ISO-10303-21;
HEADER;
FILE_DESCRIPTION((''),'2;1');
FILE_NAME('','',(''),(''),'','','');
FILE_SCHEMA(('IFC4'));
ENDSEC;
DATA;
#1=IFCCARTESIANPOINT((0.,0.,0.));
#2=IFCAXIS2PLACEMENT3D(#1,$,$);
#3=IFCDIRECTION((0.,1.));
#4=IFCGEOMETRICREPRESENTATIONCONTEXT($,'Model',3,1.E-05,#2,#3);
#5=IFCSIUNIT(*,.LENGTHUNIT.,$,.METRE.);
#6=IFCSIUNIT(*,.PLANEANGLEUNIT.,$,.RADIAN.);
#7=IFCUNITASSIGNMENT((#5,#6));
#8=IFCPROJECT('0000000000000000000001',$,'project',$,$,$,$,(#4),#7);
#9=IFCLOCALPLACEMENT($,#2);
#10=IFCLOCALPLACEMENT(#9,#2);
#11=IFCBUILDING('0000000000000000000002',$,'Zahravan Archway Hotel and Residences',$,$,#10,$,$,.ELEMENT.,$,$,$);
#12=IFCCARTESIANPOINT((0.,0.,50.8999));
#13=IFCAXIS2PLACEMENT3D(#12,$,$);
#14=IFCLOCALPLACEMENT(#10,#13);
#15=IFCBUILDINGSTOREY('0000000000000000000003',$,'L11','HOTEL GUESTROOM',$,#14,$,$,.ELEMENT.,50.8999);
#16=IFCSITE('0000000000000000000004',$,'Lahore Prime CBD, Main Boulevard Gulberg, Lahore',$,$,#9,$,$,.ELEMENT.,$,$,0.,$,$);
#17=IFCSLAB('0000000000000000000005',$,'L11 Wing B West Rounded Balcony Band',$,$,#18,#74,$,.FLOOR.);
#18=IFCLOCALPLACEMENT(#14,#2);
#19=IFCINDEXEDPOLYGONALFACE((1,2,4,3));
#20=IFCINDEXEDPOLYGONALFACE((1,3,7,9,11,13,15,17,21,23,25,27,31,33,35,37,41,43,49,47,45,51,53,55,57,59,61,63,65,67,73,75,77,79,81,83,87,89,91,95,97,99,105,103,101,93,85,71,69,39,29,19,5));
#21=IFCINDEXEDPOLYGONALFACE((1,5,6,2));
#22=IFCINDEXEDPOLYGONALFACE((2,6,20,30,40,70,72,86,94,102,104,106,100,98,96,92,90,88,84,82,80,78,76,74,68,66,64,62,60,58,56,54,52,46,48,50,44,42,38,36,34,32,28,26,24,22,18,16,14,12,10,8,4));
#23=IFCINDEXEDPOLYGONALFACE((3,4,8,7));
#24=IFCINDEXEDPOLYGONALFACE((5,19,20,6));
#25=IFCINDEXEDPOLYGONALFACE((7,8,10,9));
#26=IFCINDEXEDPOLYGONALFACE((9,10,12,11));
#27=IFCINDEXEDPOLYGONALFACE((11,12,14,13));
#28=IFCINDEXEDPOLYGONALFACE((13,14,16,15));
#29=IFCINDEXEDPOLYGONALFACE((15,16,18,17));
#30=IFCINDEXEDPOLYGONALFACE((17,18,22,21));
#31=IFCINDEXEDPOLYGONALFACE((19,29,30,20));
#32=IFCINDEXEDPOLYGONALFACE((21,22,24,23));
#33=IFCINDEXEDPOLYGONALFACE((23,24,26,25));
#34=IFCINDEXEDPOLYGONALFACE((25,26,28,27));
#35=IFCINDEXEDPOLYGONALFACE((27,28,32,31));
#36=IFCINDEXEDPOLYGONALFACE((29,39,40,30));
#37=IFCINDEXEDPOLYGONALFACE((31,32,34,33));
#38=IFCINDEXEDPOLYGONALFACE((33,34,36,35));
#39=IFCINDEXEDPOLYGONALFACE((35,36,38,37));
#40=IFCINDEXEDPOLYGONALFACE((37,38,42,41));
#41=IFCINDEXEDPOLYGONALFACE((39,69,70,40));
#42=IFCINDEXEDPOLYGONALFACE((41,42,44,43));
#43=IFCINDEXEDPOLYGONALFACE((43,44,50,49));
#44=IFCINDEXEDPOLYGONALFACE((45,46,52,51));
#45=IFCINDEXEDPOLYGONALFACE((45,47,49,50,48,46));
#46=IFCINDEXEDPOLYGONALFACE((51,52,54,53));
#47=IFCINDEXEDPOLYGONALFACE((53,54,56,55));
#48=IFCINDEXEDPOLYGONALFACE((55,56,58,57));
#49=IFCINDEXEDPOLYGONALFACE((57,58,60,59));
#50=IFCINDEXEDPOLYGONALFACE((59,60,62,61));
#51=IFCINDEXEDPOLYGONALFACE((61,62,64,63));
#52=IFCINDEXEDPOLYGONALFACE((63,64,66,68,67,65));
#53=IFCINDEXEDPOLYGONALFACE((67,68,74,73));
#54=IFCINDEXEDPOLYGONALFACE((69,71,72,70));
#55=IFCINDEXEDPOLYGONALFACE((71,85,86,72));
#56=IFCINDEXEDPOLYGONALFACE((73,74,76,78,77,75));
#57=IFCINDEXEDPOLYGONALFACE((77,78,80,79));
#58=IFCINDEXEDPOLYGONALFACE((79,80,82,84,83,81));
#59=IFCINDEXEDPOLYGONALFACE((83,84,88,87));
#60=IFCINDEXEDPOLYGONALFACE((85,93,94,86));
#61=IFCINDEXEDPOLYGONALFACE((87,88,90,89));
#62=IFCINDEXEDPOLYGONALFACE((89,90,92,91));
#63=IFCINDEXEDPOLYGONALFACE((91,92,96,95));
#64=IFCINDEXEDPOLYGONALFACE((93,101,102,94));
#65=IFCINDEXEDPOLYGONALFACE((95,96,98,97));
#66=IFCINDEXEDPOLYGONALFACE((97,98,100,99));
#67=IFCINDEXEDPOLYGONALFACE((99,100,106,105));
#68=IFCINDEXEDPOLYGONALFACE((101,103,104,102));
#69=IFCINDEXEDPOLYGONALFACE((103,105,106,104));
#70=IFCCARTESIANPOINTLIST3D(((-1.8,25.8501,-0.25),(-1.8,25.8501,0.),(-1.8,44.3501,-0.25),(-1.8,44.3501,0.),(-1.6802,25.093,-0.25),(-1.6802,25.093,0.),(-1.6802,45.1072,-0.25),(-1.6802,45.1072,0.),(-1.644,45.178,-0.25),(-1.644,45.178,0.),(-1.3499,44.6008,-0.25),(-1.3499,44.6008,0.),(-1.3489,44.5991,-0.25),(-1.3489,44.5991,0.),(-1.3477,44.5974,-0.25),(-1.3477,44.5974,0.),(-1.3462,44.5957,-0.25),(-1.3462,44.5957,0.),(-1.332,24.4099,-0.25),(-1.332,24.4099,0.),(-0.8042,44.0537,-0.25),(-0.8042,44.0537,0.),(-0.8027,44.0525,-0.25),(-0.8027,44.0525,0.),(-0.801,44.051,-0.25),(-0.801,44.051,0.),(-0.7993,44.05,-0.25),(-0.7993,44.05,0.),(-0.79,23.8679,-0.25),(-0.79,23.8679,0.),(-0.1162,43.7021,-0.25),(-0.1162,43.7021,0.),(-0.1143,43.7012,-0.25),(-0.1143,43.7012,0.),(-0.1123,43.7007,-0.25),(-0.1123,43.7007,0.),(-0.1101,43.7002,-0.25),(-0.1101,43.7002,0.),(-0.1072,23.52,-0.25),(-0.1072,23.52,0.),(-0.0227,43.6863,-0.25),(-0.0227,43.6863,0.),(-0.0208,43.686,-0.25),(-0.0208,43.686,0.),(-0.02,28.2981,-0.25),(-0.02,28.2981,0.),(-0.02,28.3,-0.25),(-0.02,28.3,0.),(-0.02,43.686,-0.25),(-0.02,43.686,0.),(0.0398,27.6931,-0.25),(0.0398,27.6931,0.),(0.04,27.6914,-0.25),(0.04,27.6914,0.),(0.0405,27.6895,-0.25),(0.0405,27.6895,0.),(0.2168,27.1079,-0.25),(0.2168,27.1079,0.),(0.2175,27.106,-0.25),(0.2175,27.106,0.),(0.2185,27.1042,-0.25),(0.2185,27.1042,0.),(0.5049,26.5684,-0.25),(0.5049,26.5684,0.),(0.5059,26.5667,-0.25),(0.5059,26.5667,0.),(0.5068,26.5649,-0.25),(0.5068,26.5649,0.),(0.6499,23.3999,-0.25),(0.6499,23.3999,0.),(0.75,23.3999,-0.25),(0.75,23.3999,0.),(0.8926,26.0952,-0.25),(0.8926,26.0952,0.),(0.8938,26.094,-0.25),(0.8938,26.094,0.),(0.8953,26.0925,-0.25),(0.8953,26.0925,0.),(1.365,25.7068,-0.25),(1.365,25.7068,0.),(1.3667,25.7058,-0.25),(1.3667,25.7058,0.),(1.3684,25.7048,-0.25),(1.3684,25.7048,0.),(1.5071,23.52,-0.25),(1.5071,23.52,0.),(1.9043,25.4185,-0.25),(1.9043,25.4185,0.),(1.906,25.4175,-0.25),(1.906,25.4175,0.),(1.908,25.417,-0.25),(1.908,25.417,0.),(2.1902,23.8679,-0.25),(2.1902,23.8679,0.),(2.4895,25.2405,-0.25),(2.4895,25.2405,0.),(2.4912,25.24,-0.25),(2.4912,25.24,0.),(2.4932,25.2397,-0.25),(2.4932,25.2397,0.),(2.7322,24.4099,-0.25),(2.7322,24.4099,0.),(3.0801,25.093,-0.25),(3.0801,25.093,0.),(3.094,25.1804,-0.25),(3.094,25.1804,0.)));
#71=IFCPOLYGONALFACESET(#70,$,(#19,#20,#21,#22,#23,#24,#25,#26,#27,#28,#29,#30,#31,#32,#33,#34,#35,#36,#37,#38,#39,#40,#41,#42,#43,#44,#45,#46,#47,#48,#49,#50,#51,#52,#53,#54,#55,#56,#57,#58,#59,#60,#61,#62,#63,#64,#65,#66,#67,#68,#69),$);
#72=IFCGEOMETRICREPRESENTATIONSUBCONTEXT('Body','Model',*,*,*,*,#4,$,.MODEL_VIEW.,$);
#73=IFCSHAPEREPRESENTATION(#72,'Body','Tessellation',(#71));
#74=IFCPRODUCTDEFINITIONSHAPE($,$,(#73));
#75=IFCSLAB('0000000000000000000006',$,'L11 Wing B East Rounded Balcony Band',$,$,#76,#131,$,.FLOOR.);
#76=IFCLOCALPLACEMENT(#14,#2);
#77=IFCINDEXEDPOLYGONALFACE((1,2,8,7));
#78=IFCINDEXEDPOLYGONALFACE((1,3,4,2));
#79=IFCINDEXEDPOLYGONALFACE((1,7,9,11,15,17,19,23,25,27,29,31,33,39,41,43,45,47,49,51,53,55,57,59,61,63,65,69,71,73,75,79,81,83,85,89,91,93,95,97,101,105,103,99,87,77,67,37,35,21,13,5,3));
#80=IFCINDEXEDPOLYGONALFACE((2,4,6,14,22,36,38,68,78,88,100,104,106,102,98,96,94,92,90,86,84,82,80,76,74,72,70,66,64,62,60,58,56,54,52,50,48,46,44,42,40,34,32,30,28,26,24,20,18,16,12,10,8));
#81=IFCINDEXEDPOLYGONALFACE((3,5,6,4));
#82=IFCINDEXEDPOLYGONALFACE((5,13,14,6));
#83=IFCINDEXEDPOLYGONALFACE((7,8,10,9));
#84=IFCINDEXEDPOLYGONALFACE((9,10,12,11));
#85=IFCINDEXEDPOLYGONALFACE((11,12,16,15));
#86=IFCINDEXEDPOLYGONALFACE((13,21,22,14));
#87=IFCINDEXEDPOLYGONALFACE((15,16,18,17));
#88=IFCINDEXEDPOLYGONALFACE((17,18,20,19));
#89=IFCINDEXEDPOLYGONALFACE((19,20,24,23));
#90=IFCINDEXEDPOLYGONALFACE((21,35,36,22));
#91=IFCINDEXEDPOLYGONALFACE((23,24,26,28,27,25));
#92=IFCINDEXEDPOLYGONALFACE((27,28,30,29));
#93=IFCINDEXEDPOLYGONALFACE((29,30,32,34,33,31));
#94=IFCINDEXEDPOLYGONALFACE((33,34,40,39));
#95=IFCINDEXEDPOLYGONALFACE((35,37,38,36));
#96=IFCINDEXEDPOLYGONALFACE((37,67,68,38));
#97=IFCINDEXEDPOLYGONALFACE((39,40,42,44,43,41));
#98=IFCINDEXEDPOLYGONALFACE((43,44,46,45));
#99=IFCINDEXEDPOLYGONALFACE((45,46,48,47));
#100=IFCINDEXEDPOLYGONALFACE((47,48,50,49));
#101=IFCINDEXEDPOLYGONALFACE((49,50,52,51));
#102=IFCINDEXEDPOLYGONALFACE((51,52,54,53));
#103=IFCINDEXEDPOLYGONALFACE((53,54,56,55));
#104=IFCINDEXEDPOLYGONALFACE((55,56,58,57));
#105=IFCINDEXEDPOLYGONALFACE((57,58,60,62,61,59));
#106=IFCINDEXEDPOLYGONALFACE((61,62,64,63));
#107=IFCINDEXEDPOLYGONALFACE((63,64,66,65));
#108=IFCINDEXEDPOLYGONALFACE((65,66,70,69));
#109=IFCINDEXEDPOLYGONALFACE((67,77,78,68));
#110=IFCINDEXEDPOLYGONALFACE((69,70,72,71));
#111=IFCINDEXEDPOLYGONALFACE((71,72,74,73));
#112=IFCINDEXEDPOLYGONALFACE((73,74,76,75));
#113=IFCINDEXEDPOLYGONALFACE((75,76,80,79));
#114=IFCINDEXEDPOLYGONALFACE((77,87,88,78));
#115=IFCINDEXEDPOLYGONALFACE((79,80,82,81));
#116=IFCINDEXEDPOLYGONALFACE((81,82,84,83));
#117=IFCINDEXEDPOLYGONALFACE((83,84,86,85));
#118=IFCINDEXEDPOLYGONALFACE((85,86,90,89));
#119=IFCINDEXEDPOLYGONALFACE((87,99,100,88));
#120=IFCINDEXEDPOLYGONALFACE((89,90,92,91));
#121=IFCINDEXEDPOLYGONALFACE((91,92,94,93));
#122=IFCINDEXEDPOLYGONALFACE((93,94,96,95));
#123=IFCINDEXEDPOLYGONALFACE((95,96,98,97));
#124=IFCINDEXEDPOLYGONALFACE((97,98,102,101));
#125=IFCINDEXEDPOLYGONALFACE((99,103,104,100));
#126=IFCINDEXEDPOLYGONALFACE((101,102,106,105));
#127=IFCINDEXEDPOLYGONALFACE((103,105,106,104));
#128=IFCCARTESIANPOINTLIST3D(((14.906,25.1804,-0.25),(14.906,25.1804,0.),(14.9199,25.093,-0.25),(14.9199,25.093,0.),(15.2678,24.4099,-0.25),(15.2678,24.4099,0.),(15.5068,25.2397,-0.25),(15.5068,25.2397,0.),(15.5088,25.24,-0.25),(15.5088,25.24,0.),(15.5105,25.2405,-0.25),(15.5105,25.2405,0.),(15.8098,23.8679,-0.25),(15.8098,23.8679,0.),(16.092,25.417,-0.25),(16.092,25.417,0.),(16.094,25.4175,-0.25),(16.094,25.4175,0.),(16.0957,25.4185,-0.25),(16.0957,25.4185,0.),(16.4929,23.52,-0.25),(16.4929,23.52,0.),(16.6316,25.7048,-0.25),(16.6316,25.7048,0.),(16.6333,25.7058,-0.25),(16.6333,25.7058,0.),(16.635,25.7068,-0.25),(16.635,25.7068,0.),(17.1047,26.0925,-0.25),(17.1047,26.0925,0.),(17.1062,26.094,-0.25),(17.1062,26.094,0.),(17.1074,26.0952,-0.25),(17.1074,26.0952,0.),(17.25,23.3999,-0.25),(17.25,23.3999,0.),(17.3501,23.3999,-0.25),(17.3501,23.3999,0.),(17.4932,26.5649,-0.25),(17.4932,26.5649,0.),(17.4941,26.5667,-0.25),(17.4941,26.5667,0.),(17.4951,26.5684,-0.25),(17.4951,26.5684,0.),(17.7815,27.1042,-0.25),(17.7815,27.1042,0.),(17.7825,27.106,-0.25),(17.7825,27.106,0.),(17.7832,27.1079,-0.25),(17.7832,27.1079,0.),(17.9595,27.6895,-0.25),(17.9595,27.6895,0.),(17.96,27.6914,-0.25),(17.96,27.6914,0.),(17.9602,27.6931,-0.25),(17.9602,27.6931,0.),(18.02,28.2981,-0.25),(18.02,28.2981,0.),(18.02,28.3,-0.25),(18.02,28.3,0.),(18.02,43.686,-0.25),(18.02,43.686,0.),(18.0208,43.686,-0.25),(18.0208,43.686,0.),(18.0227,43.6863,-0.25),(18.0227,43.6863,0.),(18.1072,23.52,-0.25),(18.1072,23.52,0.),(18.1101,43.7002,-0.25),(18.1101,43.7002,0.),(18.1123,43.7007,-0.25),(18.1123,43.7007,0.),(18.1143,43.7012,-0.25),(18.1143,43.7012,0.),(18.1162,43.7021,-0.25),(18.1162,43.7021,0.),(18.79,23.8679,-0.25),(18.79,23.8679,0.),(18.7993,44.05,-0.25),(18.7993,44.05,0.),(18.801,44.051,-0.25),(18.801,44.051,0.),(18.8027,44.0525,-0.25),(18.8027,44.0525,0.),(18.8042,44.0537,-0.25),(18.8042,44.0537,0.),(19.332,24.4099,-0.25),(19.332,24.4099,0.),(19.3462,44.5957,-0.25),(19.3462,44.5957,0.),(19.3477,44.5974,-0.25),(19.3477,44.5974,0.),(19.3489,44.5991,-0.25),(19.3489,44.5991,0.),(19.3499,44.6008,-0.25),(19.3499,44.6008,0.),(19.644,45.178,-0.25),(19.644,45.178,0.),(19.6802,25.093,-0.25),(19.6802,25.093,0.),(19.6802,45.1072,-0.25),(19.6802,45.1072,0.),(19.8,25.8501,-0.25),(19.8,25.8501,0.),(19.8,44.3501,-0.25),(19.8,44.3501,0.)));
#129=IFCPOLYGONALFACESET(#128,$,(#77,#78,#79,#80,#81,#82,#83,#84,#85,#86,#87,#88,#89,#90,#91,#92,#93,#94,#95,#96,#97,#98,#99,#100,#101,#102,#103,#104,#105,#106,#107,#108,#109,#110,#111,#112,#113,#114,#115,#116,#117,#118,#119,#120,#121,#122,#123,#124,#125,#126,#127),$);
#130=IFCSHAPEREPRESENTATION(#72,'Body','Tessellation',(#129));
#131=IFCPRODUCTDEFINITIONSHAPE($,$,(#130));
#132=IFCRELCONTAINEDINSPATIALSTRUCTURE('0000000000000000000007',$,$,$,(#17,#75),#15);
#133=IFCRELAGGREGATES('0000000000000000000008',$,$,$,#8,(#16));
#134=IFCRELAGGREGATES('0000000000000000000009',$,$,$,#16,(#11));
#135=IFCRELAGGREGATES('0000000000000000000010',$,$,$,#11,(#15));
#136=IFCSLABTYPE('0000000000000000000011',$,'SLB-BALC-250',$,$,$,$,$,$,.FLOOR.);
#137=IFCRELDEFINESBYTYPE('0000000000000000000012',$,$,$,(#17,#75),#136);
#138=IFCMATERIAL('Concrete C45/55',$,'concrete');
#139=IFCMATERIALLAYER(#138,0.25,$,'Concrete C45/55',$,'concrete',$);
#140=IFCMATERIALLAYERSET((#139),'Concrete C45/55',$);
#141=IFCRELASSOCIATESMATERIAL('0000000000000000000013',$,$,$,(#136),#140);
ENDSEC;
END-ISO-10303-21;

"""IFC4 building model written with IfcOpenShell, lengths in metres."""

from ifc_helpers import new_model, si_unit, direction, frame, origin, place, context, subcontext, project, spatial, polyline, outline, extrude, material, layer, layer_set, type_object, element, save


model = new_model("IFC4")

# Units and contexts
model_context = context("Model", 3, precision=1e-05, world=origin(), true_north=direction((0.0, 1.0)))
body_context = subcontext(model_context, "Body", "Model", "MODEL_VIEW")
ifc_project = project(units=[si_unit("LENGTHUNIT", "METRE"), si_unit("PLANEANGLEUNIT", "RADIAN")], contexts=[model_context])

# Site, building, storey
site_placement = place(None, origin())
site = spatial("IfcSite", under=ifc_project, at=site_placement, Name="Lahore Prime CBD, Main Boulevard Gulberg, Lahore", CompositionType="ELEMENT", RefElevation=0.0)
building_placement = place(site_placement, origin())
building = spatial("IfcBuilding", under=site, at=building_placement, Name="Zahravan Archway Hotel and Residences", CompositionType="ELEMENT")
storey_placement = place(building_placement, frame((0.0, 0.0, 50.8999)))
storey = spatial("IfcBuildingStorey", under=building, at=storey_placement, Name="L11", Description="HOTEL GUESTROOM", CompositionType="ELEMENT", Elevation=50.8999)

# Slabs
ifc_material_1 = material(Name="Concrete C45/55", Category="concrete")
ifc_layer_1 = layer(ifc_material_1, 0.25, Name="Concrete C45/55", Category="concrete")
ifc_layer_set_1 = layer_set([ifc_layer_1], Name="Concrete C45/55")
slab_type_1 = type_object("IfcSlabType", Name="SLB-BALC-250", PredefinedType="FLOOR", material=ifc_layer_set_1)
slab_1_placement = place(storey_placement, frame((0.0, 0.0, -0.25)))
element("IfcSlab", 1, at=slab_1_placement, inside=storey, type_object=slab_type_1, Name="L11 Wing B West Rounded Balcony Band", PredefinedType="FLOOR", context=body_context, shape_type="SweptSolid", body=[
    extrude(outline(polyline([(3.0801, 25.093), (2.7322, 24.4099), (2.1902, 23.8679), (1.5071, 23.52), (0.75, 23.3999), (0.6499, 23.3999), (-0.1072, 23.52), (-0.79, 23.8679), (-1.332, 24.4099), (-1.6802, 25.093), (-1.8, 25.8501), (-1.8, 44.3501), (-1.6802, 45.1072), (-1.644, 45.178), (-1.3499, 44.6008), (-1.3489, 44.5991), (-1.3477, 44.5974), (-1.3462, 44.5957), (-0.8042, 44.0537), (-0.8027, 44.0525), (-0.801, 44.051), (-0.7993, 44.05), (-0.1162, 43.7021), (-0.1143, 43.7012), (-0.1123, 43.7007), (-0.1101, 43.7002), (-0.0227, 43.6863), (-0.0208, 43.686), (-0.02, 43.686), (-0.02, 28.3), (-0.02, 28.2981), (0.0398, 27.6931), (0.04, 27.6914), (0.0405, 27.6895), (0.2168, 27.1079), (0.2175, 27.106), (0.2185, 27.1042), (0.5049, 26.5684), (0.5059, 26.5667), (0.5068, 26.5649), (0.8926, 26.0952), (0.8938, 26.094), (0.8953, 26.0925), (1.365, 25.7068), (1.3667, 25.7058), (1.3684, 25.7048), (1.9043, 25.4185), (1.906, 25.4175), (1.908, 25.417), (2.4895, 25.2405), (2.4912, 25.24), (2.4932, 25.2397), (3.094, 25.1804), (3.0801, 25.093)])), origin(), (0.0, 0.0, 1.0), 0.25),
])
slab_2_placement = place(storey_placement, frame((0.0, 0.0, -0.25)))
element("IfcSlab", 2, at=slab_2_placement, inside=storey, type_object=slab_type_1, Name="L11 Wing B East Rounded Balcony Band", PredefinedType="FLOOR", context=body_context, shape_type="SweptSolid", body=[
    extrude(outline(polyline([(19.6802, 45.1072), (19.8, 44.3501), (19.8, 25.8501), (19.6802, 25.093), (19.332, 24.4099), (18.79, 23.8679), (18.1072, 23.52), (17.3501, 23.3999), (17.25, 23.3999), (16.4929, 23.52), (15.8098, 23.8679), (15.2678, 24.4099), (14.9199, 25.093), (14.906, 25.1804), (15.5068, 25.2397), (15.5088, 25.24), (15.5105, 25.2405), (16.092, 25.417), (16.094, 25.4175), (16.0957, 25.4185), (16.6316, 25.7048), (16.6333, 25.7058), (16.635, 25.7068), (17.1047, 26.0925), (17.1062, 26.094), (17.1074, 26.0952), (17.4932, 26.5649), (17.4941, 26.5667), (17.4951, 26.5684), (17.7815, 27.1042), (17.7825, 27.106), (17.7832, 27.1079), (17.9595, 27.6895), (17.96, 27.6914), (17.9602, 27.6931), (18.02, 28.2981), (18.02, 28.3), (18.02, 43.686), (18.0208, 43.686), (18.0227, 43.6863), (18.1101, 43.7002), (18.1123, 43.7007), (18.1143, 43.7012), (18.1162, 43.7021), (18.7993, 44.05), (18.801, 44.051), (18.8027, 44.0525), (18.8042, 44.0537), (19.3462, 44.5957), (19.3477, 44.5974), (19.3489, 44.5991), (19.3499, 44.6008), (19.644, 45.178), (19.6802, 45.1072)])), origin(), (0.0, 0.0, 1.0), 0.25),
])

save(model, "model.ifc")
